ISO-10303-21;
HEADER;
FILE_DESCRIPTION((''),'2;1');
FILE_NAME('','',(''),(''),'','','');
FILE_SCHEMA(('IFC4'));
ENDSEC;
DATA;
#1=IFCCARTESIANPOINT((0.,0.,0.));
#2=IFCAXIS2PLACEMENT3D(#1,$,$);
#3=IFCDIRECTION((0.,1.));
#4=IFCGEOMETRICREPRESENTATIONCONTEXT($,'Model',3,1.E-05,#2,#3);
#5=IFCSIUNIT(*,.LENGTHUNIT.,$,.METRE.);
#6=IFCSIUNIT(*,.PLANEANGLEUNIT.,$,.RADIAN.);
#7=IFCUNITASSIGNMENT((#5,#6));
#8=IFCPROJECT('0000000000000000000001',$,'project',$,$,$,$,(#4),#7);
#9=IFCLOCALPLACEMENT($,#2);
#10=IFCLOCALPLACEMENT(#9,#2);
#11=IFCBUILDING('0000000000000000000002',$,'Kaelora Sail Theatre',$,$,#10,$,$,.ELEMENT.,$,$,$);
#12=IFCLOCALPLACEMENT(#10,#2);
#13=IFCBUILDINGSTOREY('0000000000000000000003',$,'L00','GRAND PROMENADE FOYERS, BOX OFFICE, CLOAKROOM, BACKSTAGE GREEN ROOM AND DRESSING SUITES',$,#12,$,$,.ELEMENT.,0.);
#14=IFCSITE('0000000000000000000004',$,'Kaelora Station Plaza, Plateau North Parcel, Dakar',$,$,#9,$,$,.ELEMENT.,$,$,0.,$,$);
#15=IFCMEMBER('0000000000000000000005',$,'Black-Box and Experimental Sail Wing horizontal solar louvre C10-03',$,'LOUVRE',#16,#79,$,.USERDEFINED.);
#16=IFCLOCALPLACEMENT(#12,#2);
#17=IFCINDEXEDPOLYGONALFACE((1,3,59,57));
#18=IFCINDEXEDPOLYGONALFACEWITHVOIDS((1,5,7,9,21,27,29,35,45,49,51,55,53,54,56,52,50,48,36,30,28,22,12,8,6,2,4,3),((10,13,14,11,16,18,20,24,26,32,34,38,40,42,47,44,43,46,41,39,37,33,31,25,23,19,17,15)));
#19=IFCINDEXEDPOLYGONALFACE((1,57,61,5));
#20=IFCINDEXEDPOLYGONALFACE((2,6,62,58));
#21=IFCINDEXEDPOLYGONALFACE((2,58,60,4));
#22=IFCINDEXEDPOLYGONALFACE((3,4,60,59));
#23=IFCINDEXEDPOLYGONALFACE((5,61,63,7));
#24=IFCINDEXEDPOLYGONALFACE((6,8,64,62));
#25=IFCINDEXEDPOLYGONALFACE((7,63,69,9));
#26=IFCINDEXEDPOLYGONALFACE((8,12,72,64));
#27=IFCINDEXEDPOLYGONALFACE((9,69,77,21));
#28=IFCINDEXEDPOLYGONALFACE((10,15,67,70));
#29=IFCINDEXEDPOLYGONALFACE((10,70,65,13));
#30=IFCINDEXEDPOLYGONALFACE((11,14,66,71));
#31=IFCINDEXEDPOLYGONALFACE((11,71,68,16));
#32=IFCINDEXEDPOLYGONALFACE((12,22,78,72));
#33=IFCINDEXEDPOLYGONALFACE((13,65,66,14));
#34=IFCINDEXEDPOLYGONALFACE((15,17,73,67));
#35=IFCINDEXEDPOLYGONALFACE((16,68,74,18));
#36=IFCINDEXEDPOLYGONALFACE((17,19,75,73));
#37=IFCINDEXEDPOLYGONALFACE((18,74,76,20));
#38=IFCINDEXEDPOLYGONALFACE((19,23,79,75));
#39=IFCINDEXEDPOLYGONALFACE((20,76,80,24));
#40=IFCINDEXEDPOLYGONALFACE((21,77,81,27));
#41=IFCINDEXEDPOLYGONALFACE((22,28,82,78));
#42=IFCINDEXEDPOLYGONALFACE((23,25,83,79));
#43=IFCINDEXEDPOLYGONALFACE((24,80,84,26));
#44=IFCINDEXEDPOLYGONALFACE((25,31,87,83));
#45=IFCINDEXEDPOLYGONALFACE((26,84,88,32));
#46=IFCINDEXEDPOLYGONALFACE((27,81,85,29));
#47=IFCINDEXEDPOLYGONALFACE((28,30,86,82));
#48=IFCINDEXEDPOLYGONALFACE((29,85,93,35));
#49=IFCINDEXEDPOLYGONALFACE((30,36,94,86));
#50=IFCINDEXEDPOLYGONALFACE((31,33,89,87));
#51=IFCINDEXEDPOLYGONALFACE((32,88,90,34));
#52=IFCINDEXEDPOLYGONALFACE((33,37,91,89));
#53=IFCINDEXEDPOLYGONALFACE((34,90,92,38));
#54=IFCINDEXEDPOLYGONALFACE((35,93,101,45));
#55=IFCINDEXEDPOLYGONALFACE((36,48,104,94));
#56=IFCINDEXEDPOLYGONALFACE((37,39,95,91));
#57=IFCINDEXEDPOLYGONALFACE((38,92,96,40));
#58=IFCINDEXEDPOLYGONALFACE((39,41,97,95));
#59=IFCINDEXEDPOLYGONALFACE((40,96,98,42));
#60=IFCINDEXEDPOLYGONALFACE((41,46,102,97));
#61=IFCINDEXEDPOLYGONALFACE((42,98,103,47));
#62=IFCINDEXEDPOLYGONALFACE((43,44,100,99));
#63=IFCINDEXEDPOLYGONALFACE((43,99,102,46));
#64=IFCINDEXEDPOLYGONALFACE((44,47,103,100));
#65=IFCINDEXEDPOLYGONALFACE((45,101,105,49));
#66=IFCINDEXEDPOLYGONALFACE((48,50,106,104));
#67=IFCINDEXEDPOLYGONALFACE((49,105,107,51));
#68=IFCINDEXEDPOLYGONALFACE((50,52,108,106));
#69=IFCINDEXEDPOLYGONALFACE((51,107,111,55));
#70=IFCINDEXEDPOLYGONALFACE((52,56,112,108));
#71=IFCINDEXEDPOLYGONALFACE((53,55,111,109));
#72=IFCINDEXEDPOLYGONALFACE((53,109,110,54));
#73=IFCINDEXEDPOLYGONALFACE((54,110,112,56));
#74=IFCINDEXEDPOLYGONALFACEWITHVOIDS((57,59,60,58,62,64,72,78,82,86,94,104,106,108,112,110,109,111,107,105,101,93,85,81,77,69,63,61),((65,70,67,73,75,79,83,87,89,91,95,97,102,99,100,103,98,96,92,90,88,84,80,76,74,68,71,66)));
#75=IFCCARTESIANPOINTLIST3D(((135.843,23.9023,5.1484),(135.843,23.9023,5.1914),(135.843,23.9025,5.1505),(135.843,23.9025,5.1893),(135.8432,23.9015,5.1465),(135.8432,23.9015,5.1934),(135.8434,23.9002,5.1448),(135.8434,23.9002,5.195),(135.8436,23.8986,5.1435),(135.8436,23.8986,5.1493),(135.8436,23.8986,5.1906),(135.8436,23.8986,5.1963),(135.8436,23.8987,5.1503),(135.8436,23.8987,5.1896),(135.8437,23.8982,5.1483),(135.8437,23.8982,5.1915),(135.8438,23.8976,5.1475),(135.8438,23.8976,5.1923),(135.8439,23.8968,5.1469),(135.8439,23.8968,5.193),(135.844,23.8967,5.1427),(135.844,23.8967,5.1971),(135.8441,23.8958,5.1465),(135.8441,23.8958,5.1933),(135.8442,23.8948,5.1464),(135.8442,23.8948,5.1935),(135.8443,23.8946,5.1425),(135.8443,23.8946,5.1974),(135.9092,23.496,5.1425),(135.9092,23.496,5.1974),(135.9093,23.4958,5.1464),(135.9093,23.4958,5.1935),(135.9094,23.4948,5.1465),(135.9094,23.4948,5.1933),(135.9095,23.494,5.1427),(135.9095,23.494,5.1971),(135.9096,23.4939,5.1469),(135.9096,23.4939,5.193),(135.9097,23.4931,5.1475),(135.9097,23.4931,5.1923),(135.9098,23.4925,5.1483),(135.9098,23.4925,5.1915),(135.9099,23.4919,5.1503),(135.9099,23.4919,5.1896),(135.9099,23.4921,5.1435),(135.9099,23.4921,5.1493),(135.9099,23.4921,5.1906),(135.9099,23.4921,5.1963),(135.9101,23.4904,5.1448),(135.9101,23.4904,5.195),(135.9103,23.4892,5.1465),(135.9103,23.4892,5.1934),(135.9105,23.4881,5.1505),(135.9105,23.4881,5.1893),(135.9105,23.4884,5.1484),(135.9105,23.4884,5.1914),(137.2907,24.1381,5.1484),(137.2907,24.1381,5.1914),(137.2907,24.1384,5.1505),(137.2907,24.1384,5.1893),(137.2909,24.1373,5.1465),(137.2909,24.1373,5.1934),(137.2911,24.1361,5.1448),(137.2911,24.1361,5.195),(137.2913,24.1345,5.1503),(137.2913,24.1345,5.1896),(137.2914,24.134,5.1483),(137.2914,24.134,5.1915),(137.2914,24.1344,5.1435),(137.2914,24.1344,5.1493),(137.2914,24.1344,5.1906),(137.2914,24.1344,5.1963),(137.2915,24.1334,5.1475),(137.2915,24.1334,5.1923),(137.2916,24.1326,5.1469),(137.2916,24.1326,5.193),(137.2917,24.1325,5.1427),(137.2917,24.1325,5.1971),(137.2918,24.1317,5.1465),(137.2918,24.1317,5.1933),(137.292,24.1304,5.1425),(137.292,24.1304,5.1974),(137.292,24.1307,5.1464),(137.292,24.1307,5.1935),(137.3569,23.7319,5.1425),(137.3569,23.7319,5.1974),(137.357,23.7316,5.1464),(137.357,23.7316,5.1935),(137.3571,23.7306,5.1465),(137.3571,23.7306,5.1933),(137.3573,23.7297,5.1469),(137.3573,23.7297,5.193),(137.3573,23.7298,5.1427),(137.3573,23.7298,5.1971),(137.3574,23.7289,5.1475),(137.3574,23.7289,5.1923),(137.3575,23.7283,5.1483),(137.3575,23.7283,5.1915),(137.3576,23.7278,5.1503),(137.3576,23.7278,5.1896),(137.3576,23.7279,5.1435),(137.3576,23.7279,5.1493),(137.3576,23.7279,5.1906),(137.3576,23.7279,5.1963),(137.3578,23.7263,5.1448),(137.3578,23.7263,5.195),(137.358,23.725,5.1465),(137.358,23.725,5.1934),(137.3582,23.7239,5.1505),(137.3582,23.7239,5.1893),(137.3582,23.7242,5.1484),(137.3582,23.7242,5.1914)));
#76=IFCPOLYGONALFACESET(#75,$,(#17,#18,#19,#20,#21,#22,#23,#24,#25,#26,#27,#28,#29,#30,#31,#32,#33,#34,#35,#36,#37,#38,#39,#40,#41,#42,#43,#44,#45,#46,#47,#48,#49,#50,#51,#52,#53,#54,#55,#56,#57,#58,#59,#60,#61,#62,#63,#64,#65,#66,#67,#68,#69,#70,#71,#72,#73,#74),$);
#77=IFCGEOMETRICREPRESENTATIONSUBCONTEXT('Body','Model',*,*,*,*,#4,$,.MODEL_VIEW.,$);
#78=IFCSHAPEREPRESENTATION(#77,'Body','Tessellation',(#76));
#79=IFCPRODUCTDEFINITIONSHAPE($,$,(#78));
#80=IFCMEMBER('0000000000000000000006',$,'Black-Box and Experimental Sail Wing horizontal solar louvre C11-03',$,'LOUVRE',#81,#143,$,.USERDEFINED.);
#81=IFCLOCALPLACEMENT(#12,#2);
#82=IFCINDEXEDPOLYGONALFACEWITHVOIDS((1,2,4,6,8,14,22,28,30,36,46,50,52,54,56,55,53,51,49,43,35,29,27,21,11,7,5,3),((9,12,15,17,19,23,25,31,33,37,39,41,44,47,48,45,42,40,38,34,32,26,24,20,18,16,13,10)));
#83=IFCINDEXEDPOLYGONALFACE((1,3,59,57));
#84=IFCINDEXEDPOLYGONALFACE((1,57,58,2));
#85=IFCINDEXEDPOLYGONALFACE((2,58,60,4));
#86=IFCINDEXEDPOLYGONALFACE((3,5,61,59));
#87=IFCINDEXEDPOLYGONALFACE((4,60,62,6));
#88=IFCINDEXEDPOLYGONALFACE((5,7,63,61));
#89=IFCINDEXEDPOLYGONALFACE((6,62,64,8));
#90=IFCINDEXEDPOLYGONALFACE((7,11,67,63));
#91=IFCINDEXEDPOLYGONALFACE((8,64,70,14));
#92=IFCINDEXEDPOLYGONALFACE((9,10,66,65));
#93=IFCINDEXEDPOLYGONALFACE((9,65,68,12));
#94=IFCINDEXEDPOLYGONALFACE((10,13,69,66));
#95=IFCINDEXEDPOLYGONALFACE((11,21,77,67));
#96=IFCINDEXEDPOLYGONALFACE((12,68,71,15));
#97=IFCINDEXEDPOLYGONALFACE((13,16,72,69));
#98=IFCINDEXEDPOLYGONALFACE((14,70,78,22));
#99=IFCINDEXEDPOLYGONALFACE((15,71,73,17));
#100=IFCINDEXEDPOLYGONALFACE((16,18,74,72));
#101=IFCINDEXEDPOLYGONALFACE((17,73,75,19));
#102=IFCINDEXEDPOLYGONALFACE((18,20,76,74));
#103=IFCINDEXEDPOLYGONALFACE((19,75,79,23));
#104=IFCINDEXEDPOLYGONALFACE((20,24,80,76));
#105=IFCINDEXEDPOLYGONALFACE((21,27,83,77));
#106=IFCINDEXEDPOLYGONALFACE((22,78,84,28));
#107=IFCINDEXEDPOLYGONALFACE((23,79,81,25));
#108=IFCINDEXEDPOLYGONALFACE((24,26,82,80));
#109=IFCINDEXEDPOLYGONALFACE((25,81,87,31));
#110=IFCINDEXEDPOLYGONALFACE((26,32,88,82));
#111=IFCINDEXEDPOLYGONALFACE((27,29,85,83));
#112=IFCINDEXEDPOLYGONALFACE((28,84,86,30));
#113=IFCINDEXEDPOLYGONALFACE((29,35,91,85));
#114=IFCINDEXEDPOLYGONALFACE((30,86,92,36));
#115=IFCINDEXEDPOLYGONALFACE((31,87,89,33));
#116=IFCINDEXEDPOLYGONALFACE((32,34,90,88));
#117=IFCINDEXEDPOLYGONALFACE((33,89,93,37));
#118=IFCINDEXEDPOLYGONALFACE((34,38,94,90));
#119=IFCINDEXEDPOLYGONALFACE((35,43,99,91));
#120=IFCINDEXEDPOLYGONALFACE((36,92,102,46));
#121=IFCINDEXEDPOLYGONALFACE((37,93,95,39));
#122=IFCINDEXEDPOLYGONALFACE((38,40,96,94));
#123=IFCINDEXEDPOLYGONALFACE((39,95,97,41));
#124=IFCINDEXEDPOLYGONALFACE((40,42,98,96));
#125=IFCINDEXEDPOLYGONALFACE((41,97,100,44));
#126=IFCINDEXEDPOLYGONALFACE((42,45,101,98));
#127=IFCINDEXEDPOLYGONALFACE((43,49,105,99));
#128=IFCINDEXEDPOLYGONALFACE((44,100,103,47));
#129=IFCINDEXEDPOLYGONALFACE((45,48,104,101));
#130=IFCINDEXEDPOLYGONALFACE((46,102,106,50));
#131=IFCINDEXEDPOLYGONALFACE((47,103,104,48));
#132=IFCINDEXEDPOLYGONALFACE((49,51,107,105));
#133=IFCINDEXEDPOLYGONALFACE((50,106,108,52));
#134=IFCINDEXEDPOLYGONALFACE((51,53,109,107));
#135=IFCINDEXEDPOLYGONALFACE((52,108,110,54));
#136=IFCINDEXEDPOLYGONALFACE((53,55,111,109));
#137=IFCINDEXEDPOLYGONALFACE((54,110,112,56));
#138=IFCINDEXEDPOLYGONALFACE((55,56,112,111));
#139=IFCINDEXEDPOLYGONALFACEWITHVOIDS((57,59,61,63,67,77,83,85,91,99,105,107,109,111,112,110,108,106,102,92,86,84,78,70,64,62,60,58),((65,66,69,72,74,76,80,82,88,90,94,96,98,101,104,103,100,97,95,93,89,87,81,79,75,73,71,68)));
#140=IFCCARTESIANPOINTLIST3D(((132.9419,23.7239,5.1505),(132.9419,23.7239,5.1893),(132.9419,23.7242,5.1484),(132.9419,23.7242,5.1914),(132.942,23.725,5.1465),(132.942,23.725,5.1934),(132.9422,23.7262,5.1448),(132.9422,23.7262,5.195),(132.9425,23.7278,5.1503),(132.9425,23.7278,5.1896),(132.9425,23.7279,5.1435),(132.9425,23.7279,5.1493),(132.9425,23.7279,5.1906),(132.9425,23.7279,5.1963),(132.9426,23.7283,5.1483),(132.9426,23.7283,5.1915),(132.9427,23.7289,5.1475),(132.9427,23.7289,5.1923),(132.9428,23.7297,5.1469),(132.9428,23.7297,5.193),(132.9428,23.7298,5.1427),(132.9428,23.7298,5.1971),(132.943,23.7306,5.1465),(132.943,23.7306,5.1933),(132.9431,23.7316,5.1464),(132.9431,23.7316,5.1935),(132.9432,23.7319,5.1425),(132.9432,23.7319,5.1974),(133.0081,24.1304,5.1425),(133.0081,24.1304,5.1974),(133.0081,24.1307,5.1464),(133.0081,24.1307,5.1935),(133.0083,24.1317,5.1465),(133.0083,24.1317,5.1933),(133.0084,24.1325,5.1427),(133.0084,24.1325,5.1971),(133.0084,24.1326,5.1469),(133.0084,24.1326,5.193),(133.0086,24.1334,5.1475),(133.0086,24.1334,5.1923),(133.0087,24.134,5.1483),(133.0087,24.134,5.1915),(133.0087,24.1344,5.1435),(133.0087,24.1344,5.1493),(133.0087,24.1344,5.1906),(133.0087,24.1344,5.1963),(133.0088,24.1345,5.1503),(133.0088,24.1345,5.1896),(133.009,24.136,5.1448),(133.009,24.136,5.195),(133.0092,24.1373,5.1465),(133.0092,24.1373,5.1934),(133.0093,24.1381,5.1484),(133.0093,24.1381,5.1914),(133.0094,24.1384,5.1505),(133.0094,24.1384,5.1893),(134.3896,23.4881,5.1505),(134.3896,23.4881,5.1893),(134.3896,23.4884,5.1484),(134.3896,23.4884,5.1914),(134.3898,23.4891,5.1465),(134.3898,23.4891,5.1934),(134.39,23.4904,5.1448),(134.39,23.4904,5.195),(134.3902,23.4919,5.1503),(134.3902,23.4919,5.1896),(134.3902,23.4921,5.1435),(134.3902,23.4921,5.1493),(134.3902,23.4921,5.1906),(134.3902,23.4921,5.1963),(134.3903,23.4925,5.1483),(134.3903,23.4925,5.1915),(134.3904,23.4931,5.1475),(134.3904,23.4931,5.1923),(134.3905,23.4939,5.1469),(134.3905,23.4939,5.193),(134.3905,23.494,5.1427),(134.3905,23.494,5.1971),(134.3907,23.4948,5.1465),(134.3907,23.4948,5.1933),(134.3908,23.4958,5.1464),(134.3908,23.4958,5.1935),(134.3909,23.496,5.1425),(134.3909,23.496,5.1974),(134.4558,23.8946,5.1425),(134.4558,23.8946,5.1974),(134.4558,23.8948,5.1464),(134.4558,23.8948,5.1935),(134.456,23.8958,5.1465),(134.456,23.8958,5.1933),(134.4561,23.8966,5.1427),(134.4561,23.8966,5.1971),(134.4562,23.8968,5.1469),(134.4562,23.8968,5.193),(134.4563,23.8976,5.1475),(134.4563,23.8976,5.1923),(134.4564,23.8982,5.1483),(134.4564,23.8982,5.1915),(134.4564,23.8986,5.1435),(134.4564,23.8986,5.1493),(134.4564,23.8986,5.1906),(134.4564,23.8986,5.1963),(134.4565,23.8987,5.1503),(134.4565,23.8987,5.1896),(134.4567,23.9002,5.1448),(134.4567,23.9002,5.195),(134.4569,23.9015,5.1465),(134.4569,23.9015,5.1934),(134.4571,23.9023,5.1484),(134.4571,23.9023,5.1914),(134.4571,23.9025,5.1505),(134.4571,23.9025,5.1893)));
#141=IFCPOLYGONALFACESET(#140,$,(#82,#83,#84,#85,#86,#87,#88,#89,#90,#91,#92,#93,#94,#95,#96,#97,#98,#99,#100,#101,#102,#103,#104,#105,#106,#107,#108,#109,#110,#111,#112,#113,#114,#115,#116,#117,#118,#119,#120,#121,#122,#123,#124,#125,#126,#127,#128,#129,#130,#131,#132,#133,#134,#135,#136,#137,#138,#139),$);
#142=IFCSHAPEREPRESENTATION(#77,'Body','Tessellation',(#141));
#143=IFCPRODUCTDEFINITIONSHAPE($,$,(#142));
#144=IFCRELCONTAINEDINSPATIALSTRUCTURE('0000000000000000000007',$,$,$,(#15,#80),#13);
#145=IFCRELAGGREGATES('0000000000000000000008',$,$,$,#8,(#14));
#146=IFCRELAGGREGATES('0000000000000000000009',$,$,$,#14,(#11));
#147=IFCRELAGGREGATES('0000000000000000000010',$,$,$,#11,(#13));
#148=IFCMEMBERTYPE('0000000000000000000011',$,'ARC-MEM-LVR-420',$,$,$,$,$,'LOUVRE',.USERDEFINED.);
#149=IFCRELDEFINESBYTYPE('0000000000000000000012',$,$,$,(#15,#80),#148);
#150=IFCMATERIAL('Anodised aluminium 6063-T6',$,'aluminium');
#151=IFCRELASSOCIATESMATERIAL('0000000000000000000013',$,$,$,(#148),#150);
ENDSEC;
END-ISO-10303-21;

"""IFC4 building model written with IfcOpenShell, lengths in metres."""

from ifc_helpers import new_model, si_unit, direction, frame, origin, origin_2d, place, context, subcontext, project, spatial, hollow_rectangle, extrude, material, material_profile, profile_set, type_object, element, save


model = new_model("IFC4")

# Units and contexts
model_context = context("Model", 3, precision=1e-05, world=origin(), true_north=direction((0.0, 1.0)))
body_context = subcontext(model_context, "Body", "Model", "MODEL_VIEW")
ifc_project = project(units=[si_unit("LENGTHUNIT", "METRE"), si_unit("PLANEANGLEUNIT", "RADIAN")], contexts=[model_context])

# Site, building, storey
site_placement = place(None, origin())
site = spatial("IfcSite", under=ifc_project, at=site_placement, Name="Kaelora Station Plaza, Plateau North Parcel, Dakar", CompositionType="ELEMENT", RefElevation=0.0)
building_placement = place(site_placement, origin())
building = spatial("IfcBuilding", under=site, at=building_placement, Name="Kaelora Sail Theatre", CompositionType="ELEMENT")
storey_placement = place(building_placement, origin())
storey = spatial("IfcBuildingStorey", under=building, at=storey_placement, Name="L00", Description="GRAND PROMENADE FOYERS, BOX OFFICE, CLOAKROOM, BACKSTAGE GREEN ROOM AND DRESSING SUITES", CompositionType="ELEMENT", Elevation=0.0)

# Members
ifc_material_1 = material(Name="Anodised aluminium 6063-T6", Category="aluminium")
ifc_material_profile_1 = material_profile(ifc_material_1, hollow_rectangle(XDim=0.4199, YDim=0.0549, WallThickness=0.0039, InnerFilletRadius=0.0039, OuterFilletRadius=0.0081, at=origin_2d()), Name="LOUVRE 420x55x4")
ifc_profile_set_1 = profile_set([ifc_material_profile_1], Name="Anodised aluminium 6063-T6")
member_type_1 = type_object("IfcMemberType", Name="ARC-MEM-LVR-420", ElementType="LOUVRE", PredefinedType="USERDEFINED", material=ifc_profile_set_1)
for number, where, z_axis, x_axis, name in (
    (1, (137.3245, 23.9312, 5.1699), (-0.98699, -0.160781, 0.0), (0.160781, -0.98699, 0.0), "Black-Box and Experimental Sail Wing horizontal solar louvre C10-03"),
    (2, (134.4233, 23.6953, 5.1699), (-0.98699, 0.160781, 0.0), (-0.160781, -0.98699, 0.0), "Black-Box and Experimental Sail Wing horizontal solar louvre C11-03"),
):
    element("IfcMember", number, at=place(storey_placement, frame(where, z_axis=z_axis, x_axis=x_axis)), inside=storey, type_object=member_type_1, Name=name, ObjectType="LOUVRE", PredefinedType="USERDEFINED", context=body_context, shape_type="SweptSolid", body=[
        extrude(hollow_rectangle(XDim=0.4199, YDim=0.0549, WallThickness=0.0039, InnerFilletRadius=0.0039, OuterFilletRadius=0.0081, at=origin_2d()), origin(), (0.0, 0.0, 1.0), 1.4668),
    ])

save(model, "model.ifc")
